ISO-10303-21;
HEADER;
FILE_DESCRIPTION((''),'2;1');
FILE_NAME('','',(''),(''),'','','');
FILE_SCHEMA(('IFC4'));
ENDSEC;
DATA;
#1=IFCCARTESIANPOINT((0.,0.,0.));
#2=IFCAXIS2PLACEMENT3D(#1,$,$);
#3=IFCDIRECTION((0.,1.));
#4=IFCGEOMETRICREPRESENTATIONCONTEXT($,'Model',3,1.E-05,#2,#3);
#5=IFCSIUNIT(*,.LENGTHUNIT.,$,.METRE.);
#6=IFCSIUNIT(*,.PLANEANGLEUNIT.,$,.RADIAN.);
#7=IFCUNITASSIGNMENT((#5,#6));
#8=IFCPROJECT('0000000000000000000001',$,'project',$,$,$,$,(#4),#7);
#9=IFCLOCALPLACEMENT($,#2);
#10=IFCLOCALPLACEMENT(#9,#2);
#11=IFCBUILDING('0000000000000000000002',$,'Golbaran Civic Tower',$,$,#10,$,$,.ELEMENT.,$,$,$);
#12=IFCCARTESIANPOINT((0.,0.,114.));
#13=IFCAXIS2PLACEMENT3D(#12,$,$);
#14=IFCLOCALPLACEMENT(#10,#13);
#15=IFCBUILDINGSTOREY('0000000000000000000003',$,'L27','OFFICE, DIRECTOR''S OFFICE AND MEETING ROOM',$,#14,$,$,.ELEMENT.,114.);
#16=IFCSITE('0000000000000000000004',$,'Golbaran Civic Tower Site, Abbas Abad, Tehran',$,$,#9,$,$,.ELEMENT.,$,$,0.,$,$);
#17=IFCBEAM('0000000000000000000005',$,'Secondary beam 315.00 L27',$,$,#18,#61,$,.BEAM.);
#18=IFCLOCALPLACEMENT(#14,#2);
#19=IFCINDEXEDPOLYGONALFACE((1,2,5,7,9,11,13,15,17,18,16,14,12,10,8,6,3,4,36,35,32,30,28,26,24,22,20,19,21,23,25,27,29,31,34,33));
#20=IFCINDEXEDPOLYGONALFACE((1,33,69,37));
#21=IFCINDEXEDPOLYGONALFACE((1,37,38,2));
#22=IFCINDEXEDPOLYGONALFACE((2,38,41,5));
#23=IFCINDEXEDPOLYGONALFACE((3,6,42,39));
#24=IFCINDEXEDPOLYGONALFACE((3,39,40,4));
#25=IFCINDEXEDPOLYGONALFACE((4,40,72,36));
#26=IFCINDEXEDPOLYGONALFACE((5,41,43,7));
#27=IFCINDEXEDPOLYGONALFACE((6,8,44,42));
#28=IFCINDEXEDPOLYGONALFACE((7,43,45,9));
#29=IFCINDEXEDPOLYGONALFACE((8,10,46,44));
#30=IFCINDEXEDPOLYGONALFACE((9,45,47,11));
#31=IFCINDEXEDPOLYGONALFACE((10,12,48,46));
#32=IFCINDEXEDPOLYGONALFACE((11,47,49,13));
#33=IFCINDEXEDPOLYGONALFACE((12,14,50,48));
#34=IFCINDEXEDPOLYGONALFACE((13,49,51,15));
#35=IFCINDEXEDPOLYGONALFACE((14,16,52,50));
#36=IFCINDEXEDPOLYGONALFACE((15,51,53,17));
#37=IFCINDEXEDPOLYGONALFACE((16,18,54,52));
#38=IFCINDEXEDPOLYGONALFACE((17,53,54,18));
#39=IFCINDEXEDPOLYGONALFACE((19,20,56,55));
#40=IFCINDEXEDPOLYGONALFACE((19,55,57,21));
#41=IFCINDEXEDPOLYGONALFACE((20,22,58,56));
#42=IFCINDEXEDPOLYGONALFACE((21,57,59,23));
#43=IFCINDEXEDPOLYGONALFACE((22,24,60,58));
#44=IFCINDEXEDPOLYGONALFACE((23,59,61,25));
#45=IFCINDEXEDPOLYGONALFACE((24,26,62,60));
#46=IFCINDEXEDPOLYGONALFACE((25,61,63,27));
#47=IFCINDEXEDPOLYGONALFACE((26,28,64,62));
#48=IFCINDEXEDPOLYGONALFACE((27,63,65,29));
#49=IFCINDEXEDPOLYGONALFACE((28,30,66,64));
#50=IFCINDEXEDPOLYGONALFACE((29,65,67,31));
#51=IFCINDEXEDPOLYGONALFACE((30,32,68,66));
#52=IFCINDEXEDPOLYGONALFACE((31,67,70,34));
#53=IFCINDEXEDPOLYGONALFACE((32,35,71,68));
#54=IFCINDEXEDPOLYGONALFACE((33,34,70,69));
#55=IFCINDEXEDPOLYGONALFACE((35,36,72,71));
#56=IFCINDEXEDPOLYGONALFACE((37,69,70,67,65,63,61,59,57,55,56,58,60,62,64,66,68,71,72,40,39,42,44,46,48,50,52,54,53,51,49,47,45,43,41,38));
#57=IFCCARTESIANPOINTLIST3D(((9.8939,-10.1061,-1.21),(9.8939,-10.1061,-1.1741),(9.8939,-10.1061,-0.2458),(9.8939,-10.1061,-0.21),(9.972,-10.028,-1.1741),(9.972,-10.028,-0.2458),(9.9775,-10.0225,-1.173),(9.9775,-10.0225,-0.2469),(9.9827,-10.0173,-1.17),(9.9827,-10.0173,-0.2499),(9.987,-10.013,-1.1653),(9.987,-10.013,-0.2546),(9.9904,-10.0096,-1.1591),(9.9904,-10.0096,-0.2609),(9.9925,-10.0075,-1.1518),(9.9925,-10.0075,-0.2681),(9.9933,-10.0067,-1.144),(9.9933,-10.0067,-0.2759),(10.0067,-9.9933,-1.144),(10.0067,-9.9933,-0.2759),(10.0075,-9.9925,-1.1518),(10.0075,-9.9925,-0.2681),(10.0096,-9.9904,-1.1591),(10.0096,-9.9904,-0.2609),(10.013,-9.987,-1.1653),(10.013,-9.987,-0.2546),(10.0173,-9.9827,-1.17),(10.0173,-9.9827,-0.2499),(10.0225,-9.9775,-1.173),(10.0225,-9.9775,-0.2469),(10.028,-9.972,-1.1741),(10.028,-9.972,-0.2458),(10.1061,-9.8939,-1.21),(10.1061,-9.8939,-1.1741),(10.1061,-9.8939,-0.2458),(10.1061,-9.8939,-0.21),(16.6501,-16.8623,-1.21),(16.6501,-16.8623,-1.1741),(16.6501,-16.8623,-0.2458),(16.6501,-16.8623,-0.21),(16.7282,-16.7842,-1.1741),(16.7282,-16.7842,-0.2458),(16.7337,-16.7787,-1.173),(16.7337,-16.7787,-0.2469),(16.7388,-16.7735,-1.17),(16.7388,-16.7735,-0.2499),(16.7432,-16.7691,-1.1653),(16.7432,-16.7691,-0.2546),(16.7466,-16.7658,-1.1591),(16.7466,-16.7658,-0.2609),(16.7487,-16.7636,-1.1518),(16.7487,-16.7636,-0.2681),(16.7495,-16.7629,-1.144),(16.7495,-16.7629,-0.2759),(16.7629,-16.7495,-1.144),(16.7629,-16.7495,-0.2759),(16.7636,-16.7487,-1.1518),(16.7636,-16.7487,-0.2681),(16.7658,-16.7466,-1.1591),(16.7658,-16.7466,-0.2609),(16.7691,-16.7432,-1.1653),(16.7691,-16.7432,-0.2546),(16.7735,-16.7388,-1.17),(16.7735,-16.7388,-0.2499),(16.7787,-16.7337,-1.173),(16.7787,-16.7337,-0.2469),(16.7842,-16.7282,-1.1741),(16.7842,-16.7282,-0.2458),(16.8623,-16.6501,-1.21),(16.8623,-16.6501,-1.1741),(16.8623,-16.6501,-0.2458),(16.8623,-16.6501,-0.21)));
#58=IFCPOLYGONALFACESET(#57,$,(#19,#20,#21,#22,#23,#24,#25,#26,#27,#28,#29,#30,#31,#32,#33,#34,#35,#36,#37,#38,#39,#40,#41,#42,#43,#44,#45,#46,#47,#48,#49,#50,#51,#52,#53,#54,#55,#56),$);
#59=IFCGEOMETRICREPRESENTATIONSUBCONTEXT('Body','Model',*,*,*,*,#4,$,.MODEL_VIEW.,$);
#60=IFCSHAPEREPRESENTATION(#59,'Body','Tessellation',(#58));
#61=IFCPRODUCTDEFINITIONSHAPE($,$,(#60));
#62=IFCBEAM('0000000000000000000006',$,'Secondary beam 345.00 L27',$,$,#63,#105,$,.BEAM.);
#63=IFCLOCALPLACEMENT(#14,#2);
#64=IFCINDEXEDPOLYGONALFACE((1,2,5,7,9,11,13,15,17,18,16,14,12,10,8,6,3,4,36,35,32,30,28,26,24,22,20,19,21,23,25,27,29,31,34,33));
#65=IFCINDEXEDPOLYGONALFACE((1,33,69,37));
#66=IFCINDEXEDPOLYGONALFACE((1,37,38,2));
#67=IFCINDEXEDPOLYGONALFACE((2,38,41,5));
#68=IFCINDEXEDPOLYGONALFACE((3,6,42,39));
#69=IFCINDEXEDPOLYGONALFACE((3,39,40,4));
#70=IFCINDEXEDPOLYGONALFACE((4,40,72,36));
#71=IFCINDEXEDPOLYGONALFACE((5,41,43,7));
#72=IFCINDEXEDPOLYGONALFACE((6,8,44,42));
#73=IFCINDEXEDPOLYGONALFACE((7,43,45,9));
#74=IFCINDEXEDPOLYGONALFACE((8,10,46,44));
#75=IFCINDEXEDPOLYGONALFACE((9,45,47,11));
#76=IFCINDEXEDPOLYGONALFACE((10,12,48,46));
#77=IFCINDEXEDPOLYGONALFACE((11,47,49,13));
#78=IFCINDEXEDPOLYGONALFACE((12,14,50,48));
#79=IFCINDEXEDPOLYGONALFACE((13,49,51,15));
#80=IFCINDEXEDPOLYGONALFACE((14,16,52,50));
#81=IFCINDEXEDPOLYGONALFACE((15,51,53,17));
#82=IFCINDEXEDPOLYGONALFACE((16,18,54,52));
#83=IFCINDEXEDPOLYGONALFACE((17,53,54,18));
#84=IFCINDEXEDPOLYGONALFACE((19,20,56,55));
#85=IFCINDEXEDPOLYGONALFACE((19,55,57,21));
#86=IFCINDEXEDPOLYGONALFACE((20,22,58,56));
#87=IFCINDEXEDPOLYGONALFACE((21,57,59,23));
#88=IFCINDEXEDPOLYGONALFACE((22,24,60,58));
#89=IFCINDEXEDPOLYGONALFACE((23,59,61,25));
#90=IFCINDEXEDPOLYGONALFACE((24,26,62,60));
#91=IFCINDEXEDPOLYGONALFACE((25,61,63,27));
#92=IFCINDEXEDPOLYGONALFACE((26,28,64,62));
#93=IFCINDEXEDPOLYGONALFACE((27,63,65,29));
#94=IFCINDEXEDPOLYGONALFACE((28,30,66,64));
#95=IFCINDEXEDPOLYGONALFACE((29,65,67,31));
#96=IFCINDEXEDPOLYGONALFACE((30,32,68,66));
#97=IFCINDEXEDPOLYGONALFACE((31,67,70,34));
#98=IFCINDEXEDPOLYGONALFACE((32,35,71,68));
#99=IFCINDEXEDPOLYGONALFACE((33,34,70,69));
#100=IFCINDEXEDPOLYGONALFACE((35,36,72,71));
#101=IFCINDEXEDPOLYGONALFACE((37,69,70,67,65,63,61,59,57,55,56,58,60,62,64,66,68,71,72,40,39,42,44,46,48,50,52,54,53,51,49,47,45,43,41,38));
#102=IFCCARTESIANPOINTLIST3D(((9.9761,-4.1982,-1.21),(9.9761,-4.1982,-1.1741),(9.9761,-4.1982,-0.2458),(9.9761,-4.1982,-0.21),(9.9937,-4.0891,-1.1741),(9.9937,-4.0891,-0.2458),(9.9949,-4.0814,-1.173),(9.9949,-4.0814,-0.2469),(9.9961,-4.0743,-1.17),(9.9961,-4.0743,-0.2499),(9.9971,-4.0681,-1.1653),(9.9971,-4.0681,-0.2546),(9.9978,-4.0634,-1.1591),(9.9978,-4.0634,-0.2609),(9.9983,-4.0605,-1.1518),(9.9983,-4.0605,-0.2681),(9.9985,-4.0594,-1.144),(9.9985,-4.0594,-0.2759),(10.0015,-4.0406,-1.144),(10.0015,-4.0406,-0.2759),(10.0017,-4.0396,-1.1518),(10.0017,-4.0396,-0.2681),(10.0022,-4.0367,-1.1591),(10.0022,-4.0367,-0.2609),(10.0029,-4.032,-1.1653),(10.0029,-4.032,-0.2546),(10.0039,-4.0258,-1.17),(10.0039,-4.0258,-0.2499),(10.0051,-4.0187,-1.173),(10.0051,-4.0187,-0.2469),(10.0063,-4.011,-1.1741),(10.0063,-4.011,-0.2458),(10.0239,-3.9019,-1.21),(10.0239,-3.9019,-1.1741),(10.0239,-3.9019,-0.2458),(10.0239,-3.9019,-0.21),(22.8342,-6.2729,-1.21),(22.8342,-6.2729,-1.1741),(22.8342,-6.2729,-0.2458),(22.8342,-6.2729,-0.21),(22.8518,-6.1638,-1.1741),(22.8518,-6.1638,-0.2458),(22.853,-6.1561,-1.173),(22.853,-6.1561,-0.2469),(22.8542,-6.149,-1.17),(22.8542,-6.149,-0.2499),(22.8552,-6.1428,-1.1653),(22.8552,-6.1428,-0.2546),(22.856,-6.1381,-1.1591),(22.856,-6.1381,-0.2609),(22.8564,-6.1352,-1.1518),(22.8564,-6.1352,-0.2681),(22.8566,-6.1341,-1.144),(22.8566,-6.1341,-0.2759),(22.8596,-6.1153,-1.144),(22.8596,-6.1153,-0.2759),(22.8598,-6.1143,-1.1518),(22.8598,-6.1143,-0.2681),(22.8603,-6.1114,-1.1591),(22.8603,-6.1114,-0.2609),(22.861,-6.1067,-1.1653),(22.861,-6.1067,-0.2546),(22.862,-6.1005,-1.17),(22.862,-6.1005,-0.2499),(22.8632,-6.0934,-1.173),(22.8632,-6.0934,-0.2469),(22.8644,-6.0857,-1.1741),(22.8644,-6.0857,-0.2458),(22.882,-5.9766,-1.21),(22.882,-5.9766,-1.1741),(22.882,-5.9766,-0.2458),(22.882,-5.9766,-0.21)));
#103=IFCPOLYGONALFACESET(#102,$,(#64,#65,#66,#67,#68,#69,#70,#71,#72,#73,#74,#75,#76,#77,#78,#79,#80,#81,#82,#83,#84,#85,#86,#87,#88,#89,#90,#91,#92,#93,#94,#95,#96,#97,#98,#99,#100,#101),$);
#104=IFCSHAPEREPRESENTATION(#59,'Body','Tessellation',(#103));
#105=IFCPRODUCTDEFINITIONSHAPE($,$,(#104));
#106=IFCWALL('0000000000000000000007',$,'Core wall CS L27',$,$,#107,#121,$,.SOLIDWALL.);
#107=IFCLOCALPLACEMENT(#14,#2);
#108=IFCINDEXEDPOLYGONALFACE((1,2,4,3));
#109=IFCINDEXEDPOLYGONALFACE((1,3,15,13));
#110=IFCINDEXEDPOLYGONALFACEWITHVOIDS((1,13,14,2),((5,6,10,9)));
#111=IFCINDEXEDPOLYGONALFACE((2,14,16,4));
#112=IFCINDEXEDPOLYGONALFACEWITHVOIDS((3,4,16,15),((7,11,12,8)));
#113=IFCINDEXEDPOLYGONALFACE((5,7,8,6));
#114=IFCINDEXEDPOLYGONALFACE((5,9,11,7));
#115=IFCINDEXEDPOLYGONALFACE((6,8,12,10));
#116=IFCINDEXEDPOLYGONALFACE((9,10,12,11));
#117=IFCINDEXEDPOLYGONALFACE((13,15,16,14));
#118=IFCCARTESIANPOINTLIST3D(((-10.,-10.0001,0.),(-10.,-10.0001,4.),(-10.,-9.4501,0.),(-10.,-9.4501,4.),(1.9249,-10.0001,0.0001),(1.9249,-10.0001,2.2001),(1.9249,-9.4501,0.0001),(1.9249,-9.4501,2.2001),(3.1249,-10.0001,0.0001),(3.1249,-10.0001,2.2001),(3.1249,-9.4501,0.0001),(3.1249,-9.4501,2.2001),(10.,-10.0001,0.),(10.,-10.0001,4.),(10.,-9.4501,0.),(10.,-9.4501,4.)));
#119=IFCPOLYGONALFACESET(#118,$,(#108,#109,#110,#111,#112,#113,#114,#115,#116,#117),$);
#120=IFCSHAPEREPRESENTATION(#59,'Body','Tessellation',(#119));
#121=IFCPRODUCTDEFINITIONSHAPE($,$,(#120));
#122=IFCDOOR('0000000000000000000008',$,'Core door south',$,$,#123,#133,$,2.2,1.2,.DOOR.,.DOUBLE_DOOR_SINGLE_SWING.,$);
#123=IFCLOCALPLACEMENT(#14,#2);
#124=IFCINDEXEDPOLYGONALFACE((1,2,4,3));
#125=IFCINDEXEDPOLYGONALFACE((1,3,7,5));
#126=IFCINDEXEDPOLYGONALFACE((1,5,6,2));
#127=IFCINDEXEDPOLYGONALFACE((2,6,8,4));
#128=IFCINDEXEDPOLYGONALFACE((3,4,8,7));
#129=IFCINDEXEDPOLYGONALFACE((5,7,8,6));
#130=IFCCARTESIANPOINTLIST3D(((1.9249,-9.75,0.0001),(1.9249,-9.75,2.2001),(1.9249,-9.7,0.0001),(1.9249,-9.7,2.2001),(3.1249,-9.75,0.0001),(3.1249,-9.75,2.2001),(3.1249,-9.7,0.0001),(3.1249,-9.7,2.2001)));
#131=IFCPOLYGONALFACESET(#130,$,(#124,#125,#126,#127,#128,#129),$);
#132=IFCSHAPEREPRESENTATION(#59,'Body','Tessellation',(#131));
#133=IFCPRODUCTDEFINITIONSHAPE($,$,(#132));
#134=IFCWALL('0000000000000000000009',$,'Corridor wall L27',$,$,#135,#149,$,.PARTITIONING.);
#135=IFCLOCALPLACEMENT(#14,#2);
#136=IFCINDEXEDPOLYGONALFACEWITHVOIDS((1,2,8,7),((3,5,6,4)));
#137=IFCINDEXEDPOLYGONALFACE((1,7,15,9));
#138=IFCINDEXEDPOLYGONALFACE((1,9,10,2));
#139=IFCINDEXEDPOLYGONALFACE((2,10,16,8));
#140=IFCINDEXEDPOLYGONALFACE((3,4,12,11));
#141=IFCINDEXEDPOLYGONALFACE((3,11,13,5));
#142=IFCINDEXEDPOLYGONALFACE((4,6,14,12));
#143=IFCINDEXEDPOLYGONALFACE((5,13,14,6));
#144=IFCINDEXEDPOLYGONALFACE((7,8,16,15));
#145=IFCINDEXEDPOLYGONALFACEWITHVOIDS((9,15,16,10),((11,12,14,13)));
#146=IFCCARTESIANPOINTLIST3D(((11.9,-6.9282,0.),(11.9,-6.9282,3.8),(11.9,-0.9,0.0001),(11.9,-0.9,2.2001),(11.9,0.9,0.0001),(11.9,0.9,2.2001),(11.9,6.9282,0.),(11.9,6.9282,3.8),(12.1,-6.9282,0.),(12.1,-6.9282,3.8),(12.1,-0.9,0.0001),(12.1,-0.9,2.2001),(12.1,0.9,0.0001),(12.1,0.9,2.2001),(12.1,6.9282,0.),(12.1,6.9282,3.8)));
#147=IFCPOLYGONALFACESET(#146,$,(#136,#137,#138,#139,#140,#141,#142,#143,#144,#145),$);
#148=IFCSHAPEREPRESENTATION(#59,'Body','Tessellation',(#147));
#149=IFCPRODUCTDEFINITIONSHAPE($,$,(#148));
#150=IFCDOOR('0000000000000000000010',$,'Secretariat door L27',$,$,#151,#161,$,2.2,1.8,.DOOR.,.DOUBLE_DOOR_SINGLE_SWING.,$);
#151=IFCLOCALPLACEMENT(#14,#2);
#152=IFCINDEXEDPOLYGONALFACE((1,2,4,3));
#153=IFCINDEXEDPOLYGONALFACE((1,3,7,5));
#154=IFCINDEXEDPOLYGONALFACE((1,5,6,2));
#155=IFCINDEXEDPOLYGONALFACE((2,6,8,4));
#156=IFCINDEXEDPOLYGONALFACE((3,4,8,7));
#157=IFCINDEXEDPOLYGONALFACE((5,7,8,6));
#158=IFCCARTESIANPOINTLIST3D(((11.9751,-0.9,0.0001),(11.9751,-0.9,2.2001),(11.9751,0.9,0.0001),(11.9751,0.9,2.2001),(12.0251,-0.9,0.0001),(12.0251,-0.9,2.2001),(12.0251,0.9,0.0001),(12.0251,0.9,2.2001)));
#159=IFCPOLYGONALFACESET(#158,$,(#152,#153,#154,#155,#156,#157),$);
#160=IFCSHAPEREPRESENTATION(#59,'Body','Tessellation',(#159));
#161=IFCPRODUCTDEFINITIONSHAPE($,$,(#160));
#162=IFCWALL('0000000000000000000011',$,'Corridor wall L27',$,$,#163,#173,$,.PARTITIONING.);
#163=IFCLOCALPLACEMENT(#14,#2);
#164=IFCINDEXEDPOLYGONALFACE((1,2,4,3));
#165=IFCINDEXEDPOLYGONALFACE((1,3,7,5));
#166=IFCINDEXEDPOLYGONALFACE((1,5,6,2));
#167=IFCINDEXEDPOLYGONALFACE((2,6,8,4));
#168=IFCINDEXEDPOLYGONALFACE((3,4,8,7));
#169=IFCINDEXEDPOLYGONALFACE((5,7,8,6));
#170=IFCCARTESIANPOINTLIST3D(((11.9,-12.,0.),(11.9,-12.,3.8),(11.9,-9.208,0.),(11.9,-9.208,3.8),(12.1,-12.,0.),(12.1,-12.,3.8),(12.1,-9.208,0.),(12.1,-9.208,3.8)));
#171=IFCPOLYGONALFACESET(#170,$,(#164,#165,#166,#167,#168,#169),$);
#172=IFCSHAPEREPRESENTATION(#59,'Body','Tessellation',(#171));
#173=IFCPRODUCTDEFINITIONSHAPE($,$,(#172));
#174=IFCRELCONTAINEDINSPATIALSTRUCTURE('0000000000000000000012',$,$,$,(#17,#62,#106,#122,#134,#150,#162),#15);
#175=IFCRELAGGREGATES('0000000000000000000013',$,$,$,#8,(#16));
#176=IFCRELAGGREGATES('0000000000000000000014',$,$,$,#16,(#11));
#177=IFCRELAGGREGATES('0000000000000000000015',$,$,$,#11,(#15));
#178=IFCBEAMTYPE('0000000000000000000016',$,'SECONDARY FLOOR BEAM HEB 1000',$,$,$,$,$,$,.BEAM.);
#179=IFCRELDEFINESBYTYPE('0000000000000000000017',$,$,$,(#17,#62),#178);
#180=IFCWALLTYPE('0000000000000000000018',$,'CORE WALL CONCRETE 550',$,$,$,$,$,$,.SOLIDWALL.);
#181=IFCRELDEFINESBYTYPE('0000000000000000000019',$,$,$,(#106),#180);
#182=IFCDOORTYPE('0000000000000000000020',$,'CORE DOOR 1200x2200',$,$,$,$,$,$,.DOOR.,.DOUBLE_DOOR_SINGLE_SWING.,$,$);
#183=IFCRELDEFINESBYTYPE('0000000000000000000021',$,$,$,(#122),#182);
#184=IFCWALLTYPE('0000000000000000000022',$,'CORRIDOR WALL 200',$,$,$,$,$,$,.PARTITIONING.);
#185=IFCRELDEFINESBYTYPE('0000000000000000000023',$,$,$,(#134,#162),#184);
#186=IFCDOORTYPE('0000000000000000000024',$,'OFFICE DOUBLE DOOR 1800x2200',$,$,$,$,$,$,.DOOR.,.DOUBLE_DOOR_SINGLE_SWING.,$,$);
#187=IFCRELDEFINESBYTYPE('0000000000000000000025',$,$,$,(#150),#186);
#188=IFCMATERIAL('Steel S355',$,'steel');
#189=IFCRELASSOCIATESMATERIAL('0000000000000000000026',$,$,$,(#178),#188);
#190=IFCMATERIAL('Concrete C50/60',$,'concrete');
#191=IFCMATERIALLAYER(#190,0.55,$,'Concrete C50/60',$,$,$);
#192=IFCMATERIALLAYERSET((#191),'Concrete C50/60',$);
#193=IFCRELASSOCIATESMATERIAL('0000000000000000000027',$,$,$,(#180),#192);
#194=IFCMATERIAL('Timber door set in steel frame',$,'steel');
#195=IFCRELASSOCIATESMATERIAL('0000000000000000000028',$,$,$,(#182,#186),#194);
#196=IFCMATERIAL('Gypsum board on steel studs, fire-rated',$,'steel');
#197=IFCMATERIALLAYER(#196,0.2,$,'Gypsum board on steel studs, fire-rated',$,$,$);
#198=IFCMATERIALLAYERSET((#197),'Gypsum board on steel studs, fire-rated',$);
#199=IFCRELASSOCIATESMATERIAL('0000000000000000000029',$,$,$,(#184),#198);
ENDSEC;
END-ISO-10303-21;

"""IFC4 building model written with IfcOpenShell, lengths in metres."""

from ifc_helpers import new_model, si_unit, direction, frame, frame_2d, origin, origin_2d, place, context, subcontext, project, spatial, rectangle, i_section, extrude, material, layer, layer_set, material_profile, profile_set, type_object, element, fill, save


model = new_model("IFC4")

# Units and contexts
model_context = context("Model", 3, precision=1e-05, world=origin(), true_north=direction((0.0, 1.0)))
body_context = subcontext(model_context, "Body", "Model", "MODEL_VIEW")
ifc_project = project(units=[si_unit("LENGTHUNIT", "METRE"), si_unit("PLANEANGLEUNIT", "RADIAN")], contexts=[model_context])

# Site, building, storey
site_placement = place(None, origin())
site = spatial("IfcSite", under=ifc_project, at=site_placement, Name="Golbaran Civic Tower Site, Abbas Abad, Tehran", CompositionType="ELEMENT", RefElevation=0.0)
building_placement = place(site_placement, origin())
building = spatial("IfcBuilding", under=site, at=building_placement, Name="Golbaran Civic Tower", CompositionType="ELEMENT")
storey_placement = place(building_placement, frame((0.0, 0.0, 114.0)))
storey = spatial("IfcBuildingStorey", under=building, at=storey_placement, Name="L27", Description="OFFICE, DIRECTOR'S OFFICE AND MEETING ROOM", CompositionType="ELEMENT", Elevation=114.0)

# Beams
ifc_material_1 = material(Name="Steel S355", Category="steel")
ifc_material_profile_1 = material_profile(ifc_material_1, i_section(OverallWidth=0.3, OverallDepth=1.0, WebThickness=0.019, FlangeThickness=0.0359, FilletRadius=0.03, at=origin_2d()), Name="HEB 1000")
ifc_profile_set_1 = profile_set([ifc_material_profile_1], Name="Steel S355")
beam_type_1 = type_object("IfcBeamType", Name="SECONDARY FLOOR BEAM HEB 1000", PredefinedType="BEAM", material=ifc_profile_set_1)
beam_1_placement = place(storey_placement, frame((10.0, -10.0, -0.71), z_axis=(0.707107, -0.707107, 0.0), x_axis=(0.707107, 0.707107, 0.0)))
element("IfcBeam", 1, at=beam_1_placement, inside=storey, type_object=beam_type_1, Name="Secondary beam 315.00 L27", PredefinedType="BEAM", context=body_context, shape_type="SweptSolid", body=[
    extrude(i_section(OverallWidth=0.3, OverallDepth=1.0, WebThickness=0.019, FlangeThickness=0.0359, FilletRadius=0.03, at=origin_2d()), origin(), (0.0, 0.0, 1.0), 9.5547),
])
beam_2_placement = place(storey_placement, frame((10.0, -4.05, -0.71), z_axis=(0.987231, -0.159293, 0.0), x_axis=(0.159293, 0.987231, 0.0)))
element("IfcBeam", 2, at=beam_2_placement, inside=storey, type_object=beam_type_1, Name="Secondary beam 345.00 L27", PredefinedType="BEAM", context=body_context, shape_type="SweptSolid", body=[
    extrude(i_section(OverallWidth=0.3, OverallDepth=1.0, WebThickness=0.019, FlangeThickness=0.0359, FilletRadius=0.03, at=origin_2d()), origin(), (0.0, 0.0, 1.0), 13.0244),
])

# Walls, openings, doors
ifc_material_2 = material(Name="Concrete C50/60", Category="concrete")
ifc_layer_1 = layer(ifc_material_2, 0.55, Name="Concrete C50/60")
ifc_layer_set_1 = layer_set([ifc_layer_1], Name="Concrete C50/60")
wall_type_1 = type_object("IfcWallType", Name="CORE WALL CONCRETE 550", PredefinedType="SOLIDWALL", material=ifc_layer_set_1)
wall_1_placement = place(storey_placement, frame((10.0, -9.7251, 0.0), z_axis=(0.0, 0.0, 1.0), x_axis=(-1.0, 0.0, 0.0)))
wall_1 = element("IfcWall", 3, at=wall_1_placement, inside=storey, type_object=wall_type_1, Name="Core wall CS L27", PredefinedType="SOLIDWALL", context=body_context, shape_type="SweptSolid", body=[
    extrude(rectangle(XDim=20.0, YDim=0.55, at=frame_2d((10.0, 0.0))), origin(), (0.0, 0.0, 1.0), 4.0),
])
opening_1_placement = place(wall_1_placement, frame((6.875, 0.0, 0.0)))
opening_1 = element("IfcOpeningElement", 4, at=opening_1_placement, cuts=wall_1, PredefinedType="OPENING", context=body_context, shape_type="SweptSolid", body=[
    extrude(rectangle(XDim=1.2, YDim=2.2, at=frame_2d((0.6001, 1.1001))), frame((0.0, 0.2849, 0.0), z_axis=(0.0, -1.0, 0.0), x_axis=(1.0, 0.0, 0.0)), (0.0, 0.0, 1.0), 0.5701),
])
ifc_material_3 = material(Name="Timber door set in steel frame", Category="steel")
door_type_1 = type_object("IfcDoorType", Name="CORE DOOR 1200x2200", OperationType="DOUBLE_DOOR_SINGLE_SWING", PredefinedType="DOOR", material=ifc_material_3)
door_1_placement = place(opening_1_placement, origin())
door_1 = element("IfcDoor", 5, at=door_1_placement, inside=storey, type_object=door_type_1, Name="Core door south", OperationType="DOUBLE_DOOR_SINGLE_SWING", OverallHeight=2.2, OverallWidth=1.2, PredefinedType="DOOR", context=body_context, shape_type="SweptSolid", body=[
    extrude(rectangle(XDim=1.2, YDim=2.2, at=frame_2d((0.6001, 1.1001))), frame((0.0, 0.0249, 0.0), z_axis=(0.0, -1.0, 0.0), x_axis=(1.0, 0.0, 0.0)), (0.0, 0.0, 1.0), 0.05),
])
fill(opening_1, door_1)
ifc_material_4 = material(Name="Gypsum board on steel studs, fire-rated", Category="steel")
ifc_layer_2 = layer(ifc_material_4, 0.2, Name="Gypsum board on steel studs, fire-rated")
ifc_layer_set_2 = layer_set([ifc_layer_2], Name="Gypsum board on steel studs, fire-rated")
wall_type_2 = type_object("IfcWallType", Name="CORRIDOR WALL 200", PredefinedType="PARTITIONING", material=ifc_layer_set_2)
wall_2_placement = place(storey_placement, frame((12.0, -6.9282, 0.0), z_axis=(0.0, 0.0, 1.0), x_axis=(0.0, 1.0, 0.0)))
wall_2 = element("IfcWall", 6, at=wall_2_placement, inside=storey, type_object=wall_type_2, Name="Corridor wall L27", PredefinedType="PARTITIONING", context=body_context, shape_type="SweptSolid", body=[
    extrude(rectangle(XDim=13.8564, YDim=0.2, at=frame_2d((6.9282, 0.0))), origin(), (0.0, 0.0, 1.0), 3.8),
])
opening_2_placement = place(wall_2_placement, frame((6.0283, 0.0, 0.0)))
opening_2 = element("IfcOpeningElement", 7, at=opening_2_placement, cuts=wall_2, PredefinedType="OPENING", context=body_context, shape_type="SweptSolid", body=[
    extrude(rectangle(XDim=1.8, YDim=2.2, at=frame_2d((0.8999, 1.1001))), frame((0.0, 0.1099, 0.0), z_axis=(0.0, -1.0, 0.0), x_axis=(1.0, 0.0, 0.0)), (0.0, 0.0, 1.0), 0.22),
])
door_type_2 = type_object("IfcDoorType", Name="OFFICE DOUBLE DOOR 1800x2200", OperationType="DOUBLE_DOOR_SINGLE_SWING", PredefinedType="DOOR", material=ifc_material_3)
door_2_placement = place(opening_2_placement, origin())
door_2 = element("IfcDoor", 8, at=door_2_placement, inside=storey, type_object=door_type_2, Name="Secretariat door L27", OperationType="DOUBLE_DOOR_SINGLE_SWING", OverallHeight=2.2, OverallWidth=1.8, PredefinedType="DOOR", context=body_context, shape_type="SweptSolid", body=[
    extrude(rectangle(XDim=1.8, YDim=2.2, at=frame_2d((0.8999, 1.1001))), frame((0.0, 0.0249, 0.0), z_axis=(0.0, -1.0, 0.0), x_axis=(1.0, 0.0, 0.0)), (0.0, 0.0, 1.0), 0.05),
])
fill(opening_2, door_2)

# Wall
wall_3_placement = place(storey_placement, frame((12.0, -12.0, 0.0), z_axis=(0.0, 0.0, 1.0), x_axis=(0.0, 1.0, 0.0)))
element("IfcWall", 9, at=wall_3_placement, inside=storey, type_object=wall_type_2, Name="Corridor wall L27", PredefinedType="PARTITIONING", context=body_context, shape_type="SweptSolid", body=[
    extrude(rectangle(XDim=2.792, YDim=0.2, at=frame_2d((1.396, 0.0))), origin(), (0.0, 0.0, 1.0), 3.8),
])

save(model, "model.ifc")
